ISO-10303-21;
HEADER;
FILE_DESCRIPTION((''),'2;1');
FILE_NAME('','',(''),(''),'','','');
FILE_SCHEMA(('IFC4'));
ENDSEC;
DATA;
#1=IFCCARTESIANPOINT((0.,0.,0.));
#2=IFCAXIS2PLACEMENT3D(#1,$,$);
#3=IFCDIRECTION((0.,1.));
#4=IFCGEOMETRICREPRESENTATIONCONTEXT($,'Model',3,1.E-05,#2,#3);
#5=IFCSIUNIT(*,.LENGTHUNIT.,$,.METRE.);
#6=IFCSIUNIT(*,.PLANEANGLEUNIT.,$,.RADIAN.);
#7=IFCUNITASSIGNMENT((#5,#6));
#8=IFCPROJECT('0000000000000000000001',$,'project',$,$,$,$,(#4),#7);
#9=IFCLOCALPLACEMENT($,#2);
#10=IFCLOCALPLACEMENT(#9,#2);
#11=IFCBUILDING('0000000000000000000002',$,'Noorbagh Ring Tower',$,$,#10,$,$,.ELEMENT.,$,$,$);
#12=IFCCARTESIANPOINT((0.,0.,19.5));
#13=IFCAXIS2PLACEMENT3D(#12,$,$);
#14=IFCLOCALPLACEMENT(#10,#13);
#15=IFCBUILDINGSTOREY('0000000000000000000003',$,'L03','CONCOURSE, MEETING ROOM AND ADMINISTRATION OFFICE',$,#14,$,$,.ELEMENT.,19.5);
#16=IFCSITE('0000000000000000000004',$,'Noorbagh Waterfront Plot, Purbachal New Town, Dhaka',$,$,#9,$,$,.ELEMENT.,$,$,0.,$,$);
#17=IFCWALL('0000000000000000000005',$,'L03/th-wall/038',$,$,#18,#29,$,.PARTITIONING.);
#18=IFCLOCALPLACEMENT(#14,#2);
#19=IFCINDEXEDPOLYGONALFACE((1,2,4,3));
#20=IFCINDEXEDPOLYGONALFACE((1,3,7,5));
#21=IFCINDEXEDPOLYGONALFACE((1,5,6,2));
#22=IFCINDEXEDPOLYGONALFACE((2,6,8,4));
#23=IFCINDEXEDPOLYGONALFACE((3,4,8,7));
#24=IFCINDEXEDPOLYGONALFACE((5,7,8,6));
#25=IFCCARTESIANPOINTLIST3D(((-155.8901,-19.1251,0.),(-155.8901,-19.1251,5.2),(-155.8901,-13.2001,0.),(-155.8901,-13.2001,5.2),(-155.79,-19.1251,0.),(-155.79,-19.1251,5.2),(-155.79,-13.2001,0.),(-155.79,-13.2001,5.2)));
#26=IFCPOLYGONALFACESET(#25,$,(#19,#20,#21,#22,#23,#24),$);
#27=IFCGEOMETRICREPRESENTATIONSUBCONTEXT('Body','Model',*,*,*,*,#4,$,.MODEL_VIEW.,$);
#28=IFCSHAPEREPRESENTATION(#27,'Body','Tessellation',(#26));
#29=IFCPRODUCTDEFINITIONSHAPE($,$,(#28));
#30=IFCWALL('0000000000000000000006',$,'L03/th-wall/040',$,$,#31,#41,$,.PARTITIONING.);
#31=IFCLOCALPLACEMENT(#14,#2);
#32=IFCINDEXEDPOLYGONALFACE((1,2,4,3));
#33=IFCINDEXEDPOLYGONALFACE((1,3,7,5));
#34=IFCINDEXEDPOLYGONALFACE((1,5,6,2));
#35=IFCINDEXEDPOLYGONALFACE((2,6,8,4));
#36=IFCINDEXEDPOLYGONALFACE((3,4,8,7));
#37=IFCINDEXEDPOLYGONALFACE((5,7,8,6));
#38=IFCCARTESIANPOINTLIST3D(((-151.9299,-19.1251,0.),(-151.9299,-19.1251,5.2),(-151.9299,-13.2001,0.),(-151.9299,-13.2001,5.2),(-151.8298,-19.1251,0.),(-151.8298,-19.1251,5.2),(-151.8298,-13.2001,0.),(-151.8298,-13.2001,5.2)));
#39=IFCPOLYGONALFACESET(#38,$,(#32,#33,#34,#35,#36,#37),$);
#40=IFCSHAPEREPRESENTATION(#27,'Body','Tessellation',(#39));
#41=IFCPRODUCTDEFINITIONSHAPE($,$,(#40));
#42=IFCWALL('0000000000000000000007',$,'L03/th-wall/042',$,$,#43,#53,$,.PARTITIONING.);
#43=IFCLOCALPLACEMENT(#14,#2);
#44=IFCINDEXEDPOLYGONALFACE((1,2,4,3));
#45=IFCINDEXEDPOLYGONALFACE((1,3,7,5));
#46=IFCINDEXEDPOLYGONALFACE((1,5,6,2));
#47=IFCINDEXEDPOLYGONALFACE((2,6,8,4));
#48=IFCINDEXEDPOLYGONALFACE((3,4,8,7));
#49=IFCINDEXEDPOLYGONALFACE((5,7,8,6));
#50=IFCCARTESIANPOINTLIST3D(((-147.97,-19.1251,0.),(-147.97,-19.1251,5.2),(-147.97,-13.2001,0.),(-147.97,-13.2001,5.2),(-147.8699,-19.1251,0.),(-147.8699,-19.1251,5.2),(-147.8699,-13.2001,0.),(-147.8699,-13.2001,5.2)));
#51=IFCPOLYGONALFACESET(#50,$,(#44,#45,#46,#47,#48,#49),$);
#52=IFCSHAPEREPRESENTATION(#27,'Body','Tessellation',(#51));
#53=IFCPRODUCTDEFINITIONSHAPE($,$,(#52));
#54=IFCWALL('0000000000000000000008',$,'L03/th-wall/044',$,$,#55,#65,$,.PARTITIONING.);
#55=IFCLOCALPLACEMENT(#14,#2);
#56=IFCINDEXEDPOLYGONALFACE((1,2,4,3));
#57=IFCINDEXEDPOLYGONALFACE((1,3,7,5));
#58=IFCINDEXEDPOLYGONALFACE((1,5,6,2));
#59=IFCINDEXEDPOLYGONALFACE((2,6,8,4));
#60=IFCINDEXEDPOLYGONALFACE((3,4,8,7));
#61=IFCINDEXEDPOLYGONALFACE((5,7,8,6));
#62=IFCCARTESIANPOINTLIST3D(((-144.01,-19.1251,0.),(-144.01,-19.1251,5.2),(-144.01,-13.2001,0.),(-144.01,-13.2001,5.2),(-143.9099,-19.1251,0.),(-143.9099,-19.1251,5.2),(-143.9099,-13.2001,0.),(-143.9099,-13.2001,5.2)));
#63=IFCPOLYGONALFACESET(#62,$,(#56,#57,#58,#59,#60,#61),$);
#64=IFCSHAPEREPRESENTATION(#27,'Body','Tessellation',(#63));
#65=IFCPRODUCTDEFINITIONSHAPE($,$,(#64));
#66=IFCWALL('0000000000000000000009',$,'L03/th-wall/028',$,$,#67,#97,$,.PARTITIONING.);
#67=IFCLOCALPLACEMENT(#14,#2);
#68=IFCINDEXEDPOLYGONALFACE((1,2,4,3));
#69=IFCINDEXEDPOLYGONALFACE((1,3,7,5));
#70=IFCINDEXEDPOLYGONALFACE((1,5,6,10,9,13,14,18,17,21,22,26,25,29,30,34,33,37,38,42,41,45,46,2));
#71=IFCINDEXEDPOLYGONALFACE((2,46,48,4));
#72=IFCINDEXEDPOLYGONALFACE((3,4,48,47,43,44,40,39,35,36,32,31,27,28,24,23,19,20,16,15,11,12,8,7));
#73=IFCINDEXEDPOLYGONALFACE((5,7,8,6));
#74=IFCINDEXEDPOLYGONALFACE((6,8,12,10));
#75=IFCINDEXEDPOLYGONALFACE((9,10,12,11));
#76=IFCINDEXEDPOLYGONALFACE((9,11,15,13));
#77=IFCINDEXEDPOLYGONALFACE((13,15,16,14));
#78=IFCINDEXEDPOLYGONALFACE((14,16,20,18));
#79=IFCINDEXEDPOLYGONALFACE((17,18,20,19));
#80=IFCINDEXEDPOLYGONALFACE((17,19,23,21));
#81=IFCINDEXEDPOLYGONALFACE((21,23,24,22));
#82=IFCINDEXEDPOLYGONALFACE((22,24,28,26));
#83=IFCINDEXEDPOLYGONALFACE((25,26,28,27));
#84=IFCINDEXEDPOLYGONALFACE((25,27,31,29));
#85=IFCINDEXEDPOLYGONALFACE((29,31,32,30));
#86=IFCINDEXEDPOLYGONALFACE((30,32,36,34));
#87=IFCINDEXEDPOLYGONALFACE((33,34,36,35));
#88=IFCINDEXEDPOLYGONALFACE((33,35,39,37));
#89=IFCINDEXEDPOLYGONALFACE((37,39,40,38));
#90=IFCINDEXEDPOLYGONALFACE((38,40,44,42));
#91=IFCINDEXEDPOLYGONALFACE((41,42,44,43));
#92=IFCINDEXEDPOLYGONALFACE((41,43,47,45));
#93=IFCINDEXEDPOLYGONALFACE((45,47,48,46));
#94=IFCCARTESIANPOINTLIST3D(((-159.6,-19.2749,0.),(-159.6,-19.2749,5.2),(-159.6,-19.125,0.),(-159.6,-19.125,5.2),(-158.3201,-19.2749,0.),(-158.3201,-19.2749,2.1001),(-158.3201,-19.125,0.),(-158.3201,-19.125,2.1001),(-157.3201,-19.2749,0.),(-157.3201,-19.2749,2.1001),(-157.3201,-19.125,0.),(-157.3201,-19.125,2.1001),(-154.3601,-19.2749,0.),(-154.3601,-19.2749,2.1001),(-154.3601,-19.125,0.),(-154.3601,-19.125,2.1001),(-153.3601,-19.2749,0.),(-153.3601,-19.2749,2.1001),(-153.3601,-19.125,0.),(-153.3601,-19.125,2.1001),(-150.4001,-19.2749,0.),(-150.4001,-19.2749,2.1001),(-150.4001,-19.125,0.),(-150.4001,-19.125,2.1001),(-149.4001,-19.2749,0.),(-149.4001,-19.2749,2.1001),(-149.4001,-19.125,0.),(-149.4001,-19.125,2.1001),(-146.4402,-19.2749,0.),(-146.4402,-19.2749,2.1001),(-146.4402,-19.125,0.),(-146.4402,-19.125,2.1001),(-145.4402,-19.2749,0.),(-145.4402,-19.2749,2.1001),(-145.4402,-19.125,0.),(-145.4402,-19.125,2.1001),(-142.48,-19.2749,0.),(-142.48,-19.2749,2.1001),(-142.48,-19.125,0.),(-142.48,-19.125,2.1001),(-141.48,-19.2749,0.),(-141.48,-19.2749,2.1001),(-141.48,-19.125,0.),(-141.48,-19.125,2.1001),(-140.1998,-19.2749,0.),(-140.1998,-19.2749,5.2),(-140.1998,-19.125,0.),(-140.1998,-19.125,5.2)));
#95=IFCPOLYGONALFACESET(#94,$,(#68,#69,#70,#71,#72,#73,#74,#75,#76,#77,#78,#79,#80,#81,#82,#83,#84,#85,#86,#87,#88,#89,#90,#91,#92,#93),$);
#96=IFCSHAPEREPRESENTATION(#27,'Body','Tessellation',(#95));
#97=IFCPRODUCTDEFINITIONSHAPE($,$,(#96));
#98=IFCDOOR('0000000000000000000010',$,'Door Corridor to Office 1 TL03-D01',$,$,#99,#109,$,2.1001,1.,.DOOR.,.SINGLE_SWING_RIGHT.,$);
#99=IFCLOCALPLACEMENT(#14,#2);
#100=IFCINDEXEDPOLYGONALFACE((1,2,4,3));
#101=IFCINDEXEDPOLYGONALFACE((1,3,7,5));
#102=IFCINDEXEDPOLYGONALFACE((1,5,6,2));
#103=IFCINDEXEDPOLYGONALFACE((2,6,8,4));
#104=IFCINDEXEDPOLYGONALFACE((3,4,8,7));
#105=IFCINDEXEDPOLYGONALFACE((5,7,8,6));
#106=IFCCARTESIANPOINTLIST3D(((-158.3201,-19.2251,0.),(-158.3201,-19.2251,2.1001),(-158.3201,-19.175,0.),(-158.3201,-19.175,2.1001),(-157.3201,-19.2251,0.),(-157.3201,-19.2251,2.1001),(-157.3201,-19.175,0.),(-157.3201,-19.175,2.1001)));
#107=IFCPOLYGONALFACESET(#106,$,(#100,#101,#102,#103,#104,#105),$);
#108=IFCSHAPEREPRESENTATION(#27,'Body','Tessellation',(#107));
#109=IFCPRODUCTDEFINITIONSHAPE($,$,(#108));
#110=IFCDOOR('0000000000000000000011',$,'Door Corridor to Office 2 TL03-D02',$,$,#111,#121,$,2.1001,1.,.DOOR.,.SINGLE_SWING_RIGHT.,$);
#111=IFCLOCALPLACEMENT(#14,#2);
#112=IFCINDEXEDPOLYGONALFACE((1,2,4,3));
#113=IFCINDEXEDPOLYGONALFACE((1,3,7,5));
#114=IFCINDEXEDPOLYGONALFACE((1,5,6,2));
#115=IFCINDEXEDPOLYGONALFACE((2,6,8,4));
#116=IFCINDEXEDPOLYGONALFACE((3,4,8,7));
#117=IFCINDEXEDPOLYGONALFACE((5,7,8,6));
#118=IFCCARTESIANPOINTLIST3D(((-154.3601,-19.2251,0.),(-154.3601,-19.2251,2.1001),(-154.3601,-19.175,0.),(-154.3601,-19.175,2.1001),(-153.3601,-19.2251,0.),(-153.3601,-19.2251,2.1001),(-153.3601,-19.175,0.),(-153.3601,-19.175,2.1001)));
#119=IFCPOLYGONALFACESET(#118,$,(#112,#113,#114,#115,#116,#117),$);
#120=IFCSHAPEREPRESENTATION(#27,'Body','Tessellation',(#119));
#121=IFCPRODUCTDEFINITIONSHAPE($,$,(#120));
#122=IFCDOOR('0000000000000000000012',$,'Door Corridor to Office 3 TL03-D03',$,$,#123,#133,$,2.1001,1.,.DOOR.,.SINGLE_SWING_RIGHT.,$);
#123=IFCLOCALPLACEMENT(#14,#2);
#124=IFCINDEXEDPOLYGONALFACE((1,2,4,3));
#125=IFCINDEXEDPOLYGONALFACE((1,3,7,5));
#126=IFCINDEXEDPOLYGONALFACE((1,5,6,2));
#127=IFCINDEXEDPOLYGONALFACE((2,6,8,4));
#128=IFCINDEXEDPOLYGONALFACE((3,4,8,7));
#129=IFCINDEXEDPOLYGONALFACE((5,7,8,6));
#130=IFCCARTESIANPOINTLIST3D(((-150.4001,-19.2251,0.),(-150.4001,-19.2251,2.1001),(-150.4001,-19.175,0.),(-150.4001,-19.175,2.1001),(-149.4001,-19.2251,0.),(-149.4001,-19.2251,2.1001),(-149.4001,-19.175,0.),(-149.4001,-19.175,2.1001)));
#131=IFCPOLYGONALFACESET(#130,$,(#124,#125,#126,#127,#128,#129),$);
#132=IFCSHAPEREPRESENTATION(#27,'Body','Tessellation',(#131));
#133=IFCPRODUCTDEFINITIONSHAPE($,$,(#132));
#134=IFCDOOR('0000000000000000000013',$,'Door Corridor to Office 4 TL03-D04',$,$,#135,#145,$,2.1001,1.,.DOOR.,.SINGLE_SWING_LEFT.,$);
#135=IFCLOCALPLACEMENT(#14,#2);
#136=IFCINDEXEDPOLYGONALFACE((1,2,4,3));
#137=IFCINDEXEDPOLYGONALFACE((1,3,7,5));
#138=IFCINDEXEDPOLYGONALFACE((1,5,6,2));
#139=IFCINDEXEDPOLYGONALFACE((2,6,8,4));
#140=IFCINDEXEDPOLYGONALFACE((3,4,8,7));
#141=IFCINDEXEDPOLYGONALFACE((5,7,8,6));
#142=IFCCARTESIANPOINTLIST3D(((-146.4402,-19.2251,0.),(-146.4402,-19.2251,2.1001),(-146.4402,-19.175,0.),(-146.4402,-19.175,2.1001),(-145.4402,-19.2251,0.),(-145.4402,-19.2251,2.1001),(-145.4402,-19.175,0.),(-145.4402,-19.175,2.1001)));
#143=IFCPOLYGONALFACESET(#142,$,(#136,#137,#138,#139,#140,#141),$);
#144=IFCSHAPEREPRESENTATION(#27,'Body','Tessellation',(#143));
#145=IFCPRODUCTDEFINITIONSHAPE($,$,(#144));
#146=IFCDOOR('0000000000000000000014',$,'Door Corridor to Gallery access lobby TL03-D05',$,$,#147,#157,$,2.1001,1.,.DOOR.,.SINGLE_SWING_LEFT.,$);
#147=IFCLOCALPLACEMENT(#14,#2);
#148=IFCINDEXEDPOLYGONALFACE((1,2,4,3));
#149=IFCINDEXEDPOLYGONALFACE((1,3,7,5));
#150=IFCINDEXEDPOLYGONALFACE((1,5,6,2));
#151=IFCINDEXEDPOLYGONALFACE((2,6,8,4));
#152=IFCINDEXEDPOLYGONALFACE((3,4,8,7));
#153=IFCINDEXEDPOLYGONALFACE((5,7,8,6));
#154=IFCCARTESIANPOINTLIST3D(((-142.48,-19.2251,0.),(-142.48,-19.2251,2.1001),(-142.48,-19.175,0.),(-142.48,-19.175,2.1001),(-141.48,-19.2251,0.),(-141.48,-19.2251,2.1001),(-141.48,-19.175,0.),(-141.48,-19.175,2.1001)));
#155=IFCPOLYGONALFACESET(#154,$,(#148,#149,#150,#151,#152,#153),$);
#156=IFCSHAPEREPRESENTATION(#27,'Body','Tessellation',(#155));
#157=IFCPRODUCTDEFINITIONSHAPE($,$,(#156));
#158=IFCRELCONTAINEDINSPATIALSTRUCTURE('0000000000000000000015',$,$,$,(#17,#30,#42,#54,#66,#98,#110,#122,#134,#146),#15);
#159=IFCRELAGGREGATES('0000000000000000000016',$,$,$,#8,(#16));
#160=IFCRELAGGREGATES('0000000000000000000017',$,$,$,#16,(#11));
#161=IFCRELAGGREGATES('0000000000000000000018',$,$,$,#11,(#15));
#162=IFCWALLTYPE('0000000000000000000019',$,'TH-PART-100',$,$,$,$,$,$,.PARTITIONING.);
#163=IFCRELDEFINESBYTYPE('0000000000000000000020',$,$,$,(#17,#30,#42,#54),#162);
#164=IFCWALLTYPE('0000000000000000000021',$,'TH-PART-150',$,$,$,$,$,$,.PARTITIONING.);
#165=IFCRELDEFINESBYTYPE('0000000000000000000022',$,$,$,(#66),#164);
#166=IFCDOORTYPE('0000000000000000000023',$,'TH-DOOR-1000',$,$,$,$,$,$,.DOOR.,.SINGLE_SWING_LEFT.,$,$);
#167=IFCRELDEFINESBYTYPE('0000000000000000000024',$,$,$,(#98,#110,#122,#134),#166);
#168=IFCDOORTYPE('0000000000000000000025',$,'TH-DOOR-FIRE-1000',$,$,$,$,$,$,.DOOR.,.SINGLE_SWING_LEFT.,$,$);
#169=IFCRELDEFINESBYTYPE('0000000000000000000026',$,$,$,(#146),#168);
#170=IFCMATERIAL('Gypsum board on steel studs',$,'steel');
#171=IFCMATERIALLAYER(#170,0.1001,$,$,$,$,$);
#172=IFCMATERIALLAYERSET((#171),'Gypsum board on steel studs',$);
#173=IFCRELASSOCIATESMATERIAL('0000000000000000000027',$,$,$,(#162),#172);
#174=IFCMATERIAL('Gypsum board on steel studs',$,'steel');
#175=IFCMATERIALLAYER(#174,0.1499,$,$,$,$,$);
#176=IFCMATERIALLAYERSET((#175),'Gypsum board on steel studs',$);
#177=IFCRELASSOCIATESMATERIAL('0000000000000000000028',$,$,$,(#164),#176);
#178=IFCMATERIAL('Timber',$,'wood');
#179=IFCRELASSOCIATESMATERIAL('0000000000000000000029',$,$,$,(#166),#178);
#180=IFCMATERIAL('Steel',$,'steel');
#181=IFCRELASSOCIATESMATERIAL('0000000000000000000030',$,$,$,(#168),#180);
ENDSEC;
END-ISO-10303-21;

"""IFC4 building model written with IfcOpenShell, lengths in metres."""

from ifc_helpers import new_model, si_unit, direction, frame, frame_2d, origin, place, context, subcontext, project, spatial, rectangle, extrude, material, layer, layer_set, type_object, element, fill, save


model = new_model("IFC4")

# Units and contexts
model_context = context("Model", 3, precision=1e-05, world=origin(), true_north=direction((0.0, 1.0)))
body_context = subcontext(model_context, "Body", "Model", "MODEL_VIEW")
ifc_project = project(units=[si_unit("LENGTHUNIT", "METRE"), si_unit("PLANEANGLEUNIT", "RADIAN")], contexts=[model_context])

# Site, building, storey
site_placement = place(None, origin())
site = spatial("IfcSite", under=ifc_project, at=site_placement, Name="Noorbagh Waterfront Plot, Purbachal New Town, Dhaka", CompositionType="ELEMENT", RefElevation=0.0)
building_placement = place(site_placement, origin())
building = spatial("IfcBuilding", under=site, at=building_placement, Name="Noorbagh Ring Tower", CompositionType="ELEMENT")
storey_placement = place(building_placement, frame((0.0, 0.0, 19.5)))
storey = spatial("IfcBuildingStorey", under=building, at=storey_placement, Name="L03", Description="CONCOURSE, MEETING ROOM AND ADMINISTRATION OFFICE", CompositionType="ELEMENT", Elevation=19.5)

# Walls
ifc_material_1 = material(Name="Gypsum board on steel studs", Category="steel")
ifc_layer_1 = layer(ifc_material_1, 0.1001)
ifc_layer_set_1 = layer_set([ifc_layer_1], Name="Gypsum board on steel studs")
wall_type_1 = type_object("IfcWallType", Name="TH-PART-100", PredefinedType="PARTITIONING", material=ifc_layer_set_1)
for number, where, z_axis, x_axis, name in (
    (1, (-155.8401, -19.125, 0.0), (0.0, 0.0, 1.0), (0.0, 1.0, 0.0), "L03/th-wall/038"),
    (2, (-151.8799, -19.125, 0.0), (0.0, 0.0, 1.0), (0.0, 1.0, 0.0), "L03/th-wall/040"),
    (3, (-147.9199, -19.125, 0.0), (0.0, 0.0, 1.0), (0.0, 1.0, 0.0), "L03/th-wall/042"),
    (4, (-143.96, -19.125, 0.0), (0.0, 0.0, 1.0), (0.0, 1.0, 0.0), "L03/th-wall/044"),
):
    element("IfcWall", number, at=place(storey_placement, frame(where, z_axis=z_axis, x_axis=x_axis)), inside=storey, type_object=wall_type_1, Name=name, PredefinedType="PARTITIONING", context=body_context, shape_type="SweptSolid", body=[
        extrude(rectangle(XDim=5.925, YDim=0.1001, at=frame_2d((2.9624, 0.0))), origin(), (0.0, 0.0, 1.0), 5.2),
    ])

# Wall, openings, doors
ifc_material_2 = material(Name="Gypsum board on steel studs", Category="steel")
ifc_layer_2 = layer(ifc_material_2, 0.1499)
ifc_layer_set_2 = layer_set([ifc_layer_2], Name="Gypsum board on steel studs")
wall_type_2 = type_object("IfcWallType", Name="TH-PART-150", PredefinedType="PARTITIONING", material=ifc_layer_set_2)
wall_1_placement = place(storey_placement, frame((-159.6001, -19.2, 0.0), z_axis=(0.0, 0.0, 1.0), x_axis=(1.0, 0.0, 0.0)))
wall_1 = element("IfcWall", 5, at=wall_1_placement, inside=storey, type_object=wall_type_2, Name="L03/th-wall/028", PredefinedType="PARTITIONING", context=body_context, shape_type="SweptSolid", body=[
    extrude(rectangle(XDim=19.4001, YDim=0.1499, at=frame_2d((9.7002, 0.0))), origin(), (0.0, 0.0, 1.0), 5.2),
])
opening_1_placement = place(wall_1_placement, frame((1.28, 0.0, 0.0)))
opening_1 = element("IfcOpeningElement", 6, at=opening_1_placement, cuts=wall_1, PredefinedType="OPENING", context=body_context, shape_type="SweptSolid", body=[
    extrude(rectangle(XDim=1.0, YDim=2.1001, at=frame_2d((0.5, 1.05))), frame((0.0, 0.085, 0.0), z_axis=(0.0, -1.0, 0.0), x_axis=(1.0, 0.0, 0.0)), (0.0, 0.0, 1.0), 0.1699),
])
opening_2_placement = place(wall_1_placement, frame((5.24, 0.0, 0.0)))
opening_2 = element("IfcOpeningElement", 7, at=opening_2_placement, cuts=wall_1, PredefinedType="OPENING", context=body_context, shape_type="SweptSolid", body=[
    extrude(rectangle(XDim=1.0, YDim=2.1001, at=frame_2d((0.5, 1.05))), frame((0.0, 0.085, 0.0), z_axis=(0.0, -1.0, 0.0), x_axis=(1.0, 0.0, 0.0)), (0.0, 0.0, 1.0), 0.1699),
])
opening_3_placement = place(wall_1_placement, frame((9.2, 0.0, 0.0)))
opening_3 = element("IfcOpeningElement", 8, at=opening_3_placement, cuts=wall_1, PredefinedType="OPENING", context=body_context, shape_type="SweptSolid", body=[
    extrude(rectangle(XDim=1.0, YDim=2.1001, at=frame_2d((0.5, 1.05))), frame((0.0, 0.085, 0.0), z_axis=(0.0, -1.0, 0.0), x_axis=(1.0, 0.0, 0.0)), (0.0, 0.0, 1.0), 0.1699),
])
opening_4_placement = place(wall_1_placement, frame((13.1599, 0.0, 0.0)))
opening_4 = element("IfcOpeningElement", 9, at=opening_4_placement, cuts=wall_1, PredefinedType="OPENING", context=body_context, shape_type="SweptSolid", body=[
    extrude(rectangle(XDim=1.0, YDim=2.1001, at=frame_2d((0.5, 1.05))), frame((0.0, 0.085, 0.0), z_axis=(0.0, -1.0, 0.0), x_axis=(1.0, 0.0, 0.0)), (0.0, 0.0, 1.0), 0.1699),
])
opening_5_placement = place(wall_1_placement, frame((17.1201, 0.0, 0.0)))
opening_5 = element("IfcOpeningElement", 10, at=opening_5_placement, cuts=wall_1, PredefinedType="OPENING", context=body_context, shape_type="SweptSolid", body=[
    extrude(rectangle(XDim=1.0, YDim=2.1001, at=frame_2d((0.5, 1.05))), frame((0.0, 0.085, 0.0), z_axis=(0.0, -1.0, 0.0), x_axis=(1.0, 0.0, 0.0)), (0.0, 0.0, 1.0), 0.1699),
])
ifc_material_3 = material(Name="Timber", Category="wood")
door_type_1 = type_object("IfcDoorType", Name="TH-DOOR-1000", OperationType="SINGLE_SWING_LEFT", PredefinedType="DOOR", material=ifc_material_3)
door_1_placement = place(opening_1_placement, origin())
door_1 = element("IfcDoor", 11, at=door_1_placement, inside=storey, type_object=door_type_1, Name="Door Corridor to Office 1 TL03-D01", OperationType="SINGLE_SWING_RIGHT", OverallHeight=2.1001, OverallWidth=1.0, PredefinedType="DOOR", context=body_context, shape_type="SweptSolid", body=[
    extrude(rectangle(XDim=1.0, YDim=2.1001, at=frame_2d((0.5, 1.05))), frame((0.0, 0.0249, 0.0), z_axis=(0.0, -1.0, 0.0), x_axis=(1.0, 0.0, 0.0)), (0.0, 0.0, 1.0), 0.05),
])
fill(opening_1, door_1)
door_2_placement = place(opening_2_placement, origin())
door_2 = element("IfcDoor", 12, at=door_2_placement, inside=storey, type_object=door_type_1, Name="Door Corridor to Office 2 TL03-D02", OperationType="SINGLE_SWING_RIGHT", OverallHeight=2.1001, OverallWidth=1.0, PredefinedType="DOOR", context=body_context, shape_type="SweptSolid", body=[
    extrude(rectangle(XDim=1.0, YDim=2.1001, at=frame_2d((0.5, 1.05))), frame((0.0, 0.0249, 0.0), z_axis=(0.0, -1.0, 0.0), x_axis=(1.0, 0.0, 0.0)), (0.0, 0.0, 1.0), 0.05),
])
fill(opening_2, door_2)
door_3_placement = place(opening_3_placement, origin())
door_3 = element("IfcDoor", 13, at=door_3_placement, inside=storey, type_object=door_type_1, Name="Door Corridor to Office 3 TL03-D03", OperationType="SINGLE_SWING_RIGHT", OverallHeight=2.1001, OverallWidth=1.0, PredefinedType="DOOR", context=body_context, shape_type="SweptSolid", body=[
    extrude(rectangle(XDim=1.0, YDim=2.1001, at=frame_2d((0.5, 1.05))), frame((0.0, 0.0249, 0.0), z_axis=(0.0, -1.0, 0.0), x_axis=(1.0, 0.0, 0.0)), (0.0, 0.0, 1.0), 0.05),
])
fill(opening_3, door_3)
door_4_placement = place(opening_4_placement, origin())
door_4 = element("IfcDoor", 14, at=door_4_placement, inside=storey, type_object=door_type_1, Name="Door Corridor to Office 4 TL03-D04", OperationType="SINGLE_SWING_LEFT", OverallHeight=2.1001, OverallWidth=1.0, PredefinedType="DOOR", context=body_context, shape_type="SweptSolid", body=[
    extrude(rectangle(XDim=1.0, YDim=2.1001, at=frame_2d((0.5, 1.05))), frame((0.0, 0.0249, 0.0), z_axis=(0.0, -1.0, 0.0), x_axis=(1.0, 0.0, 0.0)), (0.0, 0.0, 1.0), 0.05),
])
fill(opening_4, door_4)
ifc_material_4 = material(Name="Steel", Category="steel")
door_type_2 = type_object("IfcDoorType", Name="TH-DOOR-FIRE-1000", OperationType="SINGLE_SWING_LEFT", PredefinedType="DOOR", material=ifc_material_4)
door_5_placement = place(opening_5_placement, origin())
door_5 = element("IfcDoor", 15, at=door_5_placement, inside=storey, type_object=door_type_2, Name="Door Corridor to Gallery access lobby TL03-D05", OperationType="SINGLE_SWING_LEFT", OverallHeight=2.1001, OverallWidth=1.0, PredefinedType="DOOR", context=body_context, shape_type="SweptSolid", body=[
    extrude(rectangle(XDim=1.0, YDim=2.1001, at=frame_2d((0.5, 1.05))), frame((0.0, 0.0249, 0.0), z_axis=(0.0, -1.0, 0.0), x_axis=(1.0, 0.0, 0.0)), (0.0, 0.0, 1.0), 0.05),
])
fill(opening_5, door_5)

save(model, "model.ifc")
